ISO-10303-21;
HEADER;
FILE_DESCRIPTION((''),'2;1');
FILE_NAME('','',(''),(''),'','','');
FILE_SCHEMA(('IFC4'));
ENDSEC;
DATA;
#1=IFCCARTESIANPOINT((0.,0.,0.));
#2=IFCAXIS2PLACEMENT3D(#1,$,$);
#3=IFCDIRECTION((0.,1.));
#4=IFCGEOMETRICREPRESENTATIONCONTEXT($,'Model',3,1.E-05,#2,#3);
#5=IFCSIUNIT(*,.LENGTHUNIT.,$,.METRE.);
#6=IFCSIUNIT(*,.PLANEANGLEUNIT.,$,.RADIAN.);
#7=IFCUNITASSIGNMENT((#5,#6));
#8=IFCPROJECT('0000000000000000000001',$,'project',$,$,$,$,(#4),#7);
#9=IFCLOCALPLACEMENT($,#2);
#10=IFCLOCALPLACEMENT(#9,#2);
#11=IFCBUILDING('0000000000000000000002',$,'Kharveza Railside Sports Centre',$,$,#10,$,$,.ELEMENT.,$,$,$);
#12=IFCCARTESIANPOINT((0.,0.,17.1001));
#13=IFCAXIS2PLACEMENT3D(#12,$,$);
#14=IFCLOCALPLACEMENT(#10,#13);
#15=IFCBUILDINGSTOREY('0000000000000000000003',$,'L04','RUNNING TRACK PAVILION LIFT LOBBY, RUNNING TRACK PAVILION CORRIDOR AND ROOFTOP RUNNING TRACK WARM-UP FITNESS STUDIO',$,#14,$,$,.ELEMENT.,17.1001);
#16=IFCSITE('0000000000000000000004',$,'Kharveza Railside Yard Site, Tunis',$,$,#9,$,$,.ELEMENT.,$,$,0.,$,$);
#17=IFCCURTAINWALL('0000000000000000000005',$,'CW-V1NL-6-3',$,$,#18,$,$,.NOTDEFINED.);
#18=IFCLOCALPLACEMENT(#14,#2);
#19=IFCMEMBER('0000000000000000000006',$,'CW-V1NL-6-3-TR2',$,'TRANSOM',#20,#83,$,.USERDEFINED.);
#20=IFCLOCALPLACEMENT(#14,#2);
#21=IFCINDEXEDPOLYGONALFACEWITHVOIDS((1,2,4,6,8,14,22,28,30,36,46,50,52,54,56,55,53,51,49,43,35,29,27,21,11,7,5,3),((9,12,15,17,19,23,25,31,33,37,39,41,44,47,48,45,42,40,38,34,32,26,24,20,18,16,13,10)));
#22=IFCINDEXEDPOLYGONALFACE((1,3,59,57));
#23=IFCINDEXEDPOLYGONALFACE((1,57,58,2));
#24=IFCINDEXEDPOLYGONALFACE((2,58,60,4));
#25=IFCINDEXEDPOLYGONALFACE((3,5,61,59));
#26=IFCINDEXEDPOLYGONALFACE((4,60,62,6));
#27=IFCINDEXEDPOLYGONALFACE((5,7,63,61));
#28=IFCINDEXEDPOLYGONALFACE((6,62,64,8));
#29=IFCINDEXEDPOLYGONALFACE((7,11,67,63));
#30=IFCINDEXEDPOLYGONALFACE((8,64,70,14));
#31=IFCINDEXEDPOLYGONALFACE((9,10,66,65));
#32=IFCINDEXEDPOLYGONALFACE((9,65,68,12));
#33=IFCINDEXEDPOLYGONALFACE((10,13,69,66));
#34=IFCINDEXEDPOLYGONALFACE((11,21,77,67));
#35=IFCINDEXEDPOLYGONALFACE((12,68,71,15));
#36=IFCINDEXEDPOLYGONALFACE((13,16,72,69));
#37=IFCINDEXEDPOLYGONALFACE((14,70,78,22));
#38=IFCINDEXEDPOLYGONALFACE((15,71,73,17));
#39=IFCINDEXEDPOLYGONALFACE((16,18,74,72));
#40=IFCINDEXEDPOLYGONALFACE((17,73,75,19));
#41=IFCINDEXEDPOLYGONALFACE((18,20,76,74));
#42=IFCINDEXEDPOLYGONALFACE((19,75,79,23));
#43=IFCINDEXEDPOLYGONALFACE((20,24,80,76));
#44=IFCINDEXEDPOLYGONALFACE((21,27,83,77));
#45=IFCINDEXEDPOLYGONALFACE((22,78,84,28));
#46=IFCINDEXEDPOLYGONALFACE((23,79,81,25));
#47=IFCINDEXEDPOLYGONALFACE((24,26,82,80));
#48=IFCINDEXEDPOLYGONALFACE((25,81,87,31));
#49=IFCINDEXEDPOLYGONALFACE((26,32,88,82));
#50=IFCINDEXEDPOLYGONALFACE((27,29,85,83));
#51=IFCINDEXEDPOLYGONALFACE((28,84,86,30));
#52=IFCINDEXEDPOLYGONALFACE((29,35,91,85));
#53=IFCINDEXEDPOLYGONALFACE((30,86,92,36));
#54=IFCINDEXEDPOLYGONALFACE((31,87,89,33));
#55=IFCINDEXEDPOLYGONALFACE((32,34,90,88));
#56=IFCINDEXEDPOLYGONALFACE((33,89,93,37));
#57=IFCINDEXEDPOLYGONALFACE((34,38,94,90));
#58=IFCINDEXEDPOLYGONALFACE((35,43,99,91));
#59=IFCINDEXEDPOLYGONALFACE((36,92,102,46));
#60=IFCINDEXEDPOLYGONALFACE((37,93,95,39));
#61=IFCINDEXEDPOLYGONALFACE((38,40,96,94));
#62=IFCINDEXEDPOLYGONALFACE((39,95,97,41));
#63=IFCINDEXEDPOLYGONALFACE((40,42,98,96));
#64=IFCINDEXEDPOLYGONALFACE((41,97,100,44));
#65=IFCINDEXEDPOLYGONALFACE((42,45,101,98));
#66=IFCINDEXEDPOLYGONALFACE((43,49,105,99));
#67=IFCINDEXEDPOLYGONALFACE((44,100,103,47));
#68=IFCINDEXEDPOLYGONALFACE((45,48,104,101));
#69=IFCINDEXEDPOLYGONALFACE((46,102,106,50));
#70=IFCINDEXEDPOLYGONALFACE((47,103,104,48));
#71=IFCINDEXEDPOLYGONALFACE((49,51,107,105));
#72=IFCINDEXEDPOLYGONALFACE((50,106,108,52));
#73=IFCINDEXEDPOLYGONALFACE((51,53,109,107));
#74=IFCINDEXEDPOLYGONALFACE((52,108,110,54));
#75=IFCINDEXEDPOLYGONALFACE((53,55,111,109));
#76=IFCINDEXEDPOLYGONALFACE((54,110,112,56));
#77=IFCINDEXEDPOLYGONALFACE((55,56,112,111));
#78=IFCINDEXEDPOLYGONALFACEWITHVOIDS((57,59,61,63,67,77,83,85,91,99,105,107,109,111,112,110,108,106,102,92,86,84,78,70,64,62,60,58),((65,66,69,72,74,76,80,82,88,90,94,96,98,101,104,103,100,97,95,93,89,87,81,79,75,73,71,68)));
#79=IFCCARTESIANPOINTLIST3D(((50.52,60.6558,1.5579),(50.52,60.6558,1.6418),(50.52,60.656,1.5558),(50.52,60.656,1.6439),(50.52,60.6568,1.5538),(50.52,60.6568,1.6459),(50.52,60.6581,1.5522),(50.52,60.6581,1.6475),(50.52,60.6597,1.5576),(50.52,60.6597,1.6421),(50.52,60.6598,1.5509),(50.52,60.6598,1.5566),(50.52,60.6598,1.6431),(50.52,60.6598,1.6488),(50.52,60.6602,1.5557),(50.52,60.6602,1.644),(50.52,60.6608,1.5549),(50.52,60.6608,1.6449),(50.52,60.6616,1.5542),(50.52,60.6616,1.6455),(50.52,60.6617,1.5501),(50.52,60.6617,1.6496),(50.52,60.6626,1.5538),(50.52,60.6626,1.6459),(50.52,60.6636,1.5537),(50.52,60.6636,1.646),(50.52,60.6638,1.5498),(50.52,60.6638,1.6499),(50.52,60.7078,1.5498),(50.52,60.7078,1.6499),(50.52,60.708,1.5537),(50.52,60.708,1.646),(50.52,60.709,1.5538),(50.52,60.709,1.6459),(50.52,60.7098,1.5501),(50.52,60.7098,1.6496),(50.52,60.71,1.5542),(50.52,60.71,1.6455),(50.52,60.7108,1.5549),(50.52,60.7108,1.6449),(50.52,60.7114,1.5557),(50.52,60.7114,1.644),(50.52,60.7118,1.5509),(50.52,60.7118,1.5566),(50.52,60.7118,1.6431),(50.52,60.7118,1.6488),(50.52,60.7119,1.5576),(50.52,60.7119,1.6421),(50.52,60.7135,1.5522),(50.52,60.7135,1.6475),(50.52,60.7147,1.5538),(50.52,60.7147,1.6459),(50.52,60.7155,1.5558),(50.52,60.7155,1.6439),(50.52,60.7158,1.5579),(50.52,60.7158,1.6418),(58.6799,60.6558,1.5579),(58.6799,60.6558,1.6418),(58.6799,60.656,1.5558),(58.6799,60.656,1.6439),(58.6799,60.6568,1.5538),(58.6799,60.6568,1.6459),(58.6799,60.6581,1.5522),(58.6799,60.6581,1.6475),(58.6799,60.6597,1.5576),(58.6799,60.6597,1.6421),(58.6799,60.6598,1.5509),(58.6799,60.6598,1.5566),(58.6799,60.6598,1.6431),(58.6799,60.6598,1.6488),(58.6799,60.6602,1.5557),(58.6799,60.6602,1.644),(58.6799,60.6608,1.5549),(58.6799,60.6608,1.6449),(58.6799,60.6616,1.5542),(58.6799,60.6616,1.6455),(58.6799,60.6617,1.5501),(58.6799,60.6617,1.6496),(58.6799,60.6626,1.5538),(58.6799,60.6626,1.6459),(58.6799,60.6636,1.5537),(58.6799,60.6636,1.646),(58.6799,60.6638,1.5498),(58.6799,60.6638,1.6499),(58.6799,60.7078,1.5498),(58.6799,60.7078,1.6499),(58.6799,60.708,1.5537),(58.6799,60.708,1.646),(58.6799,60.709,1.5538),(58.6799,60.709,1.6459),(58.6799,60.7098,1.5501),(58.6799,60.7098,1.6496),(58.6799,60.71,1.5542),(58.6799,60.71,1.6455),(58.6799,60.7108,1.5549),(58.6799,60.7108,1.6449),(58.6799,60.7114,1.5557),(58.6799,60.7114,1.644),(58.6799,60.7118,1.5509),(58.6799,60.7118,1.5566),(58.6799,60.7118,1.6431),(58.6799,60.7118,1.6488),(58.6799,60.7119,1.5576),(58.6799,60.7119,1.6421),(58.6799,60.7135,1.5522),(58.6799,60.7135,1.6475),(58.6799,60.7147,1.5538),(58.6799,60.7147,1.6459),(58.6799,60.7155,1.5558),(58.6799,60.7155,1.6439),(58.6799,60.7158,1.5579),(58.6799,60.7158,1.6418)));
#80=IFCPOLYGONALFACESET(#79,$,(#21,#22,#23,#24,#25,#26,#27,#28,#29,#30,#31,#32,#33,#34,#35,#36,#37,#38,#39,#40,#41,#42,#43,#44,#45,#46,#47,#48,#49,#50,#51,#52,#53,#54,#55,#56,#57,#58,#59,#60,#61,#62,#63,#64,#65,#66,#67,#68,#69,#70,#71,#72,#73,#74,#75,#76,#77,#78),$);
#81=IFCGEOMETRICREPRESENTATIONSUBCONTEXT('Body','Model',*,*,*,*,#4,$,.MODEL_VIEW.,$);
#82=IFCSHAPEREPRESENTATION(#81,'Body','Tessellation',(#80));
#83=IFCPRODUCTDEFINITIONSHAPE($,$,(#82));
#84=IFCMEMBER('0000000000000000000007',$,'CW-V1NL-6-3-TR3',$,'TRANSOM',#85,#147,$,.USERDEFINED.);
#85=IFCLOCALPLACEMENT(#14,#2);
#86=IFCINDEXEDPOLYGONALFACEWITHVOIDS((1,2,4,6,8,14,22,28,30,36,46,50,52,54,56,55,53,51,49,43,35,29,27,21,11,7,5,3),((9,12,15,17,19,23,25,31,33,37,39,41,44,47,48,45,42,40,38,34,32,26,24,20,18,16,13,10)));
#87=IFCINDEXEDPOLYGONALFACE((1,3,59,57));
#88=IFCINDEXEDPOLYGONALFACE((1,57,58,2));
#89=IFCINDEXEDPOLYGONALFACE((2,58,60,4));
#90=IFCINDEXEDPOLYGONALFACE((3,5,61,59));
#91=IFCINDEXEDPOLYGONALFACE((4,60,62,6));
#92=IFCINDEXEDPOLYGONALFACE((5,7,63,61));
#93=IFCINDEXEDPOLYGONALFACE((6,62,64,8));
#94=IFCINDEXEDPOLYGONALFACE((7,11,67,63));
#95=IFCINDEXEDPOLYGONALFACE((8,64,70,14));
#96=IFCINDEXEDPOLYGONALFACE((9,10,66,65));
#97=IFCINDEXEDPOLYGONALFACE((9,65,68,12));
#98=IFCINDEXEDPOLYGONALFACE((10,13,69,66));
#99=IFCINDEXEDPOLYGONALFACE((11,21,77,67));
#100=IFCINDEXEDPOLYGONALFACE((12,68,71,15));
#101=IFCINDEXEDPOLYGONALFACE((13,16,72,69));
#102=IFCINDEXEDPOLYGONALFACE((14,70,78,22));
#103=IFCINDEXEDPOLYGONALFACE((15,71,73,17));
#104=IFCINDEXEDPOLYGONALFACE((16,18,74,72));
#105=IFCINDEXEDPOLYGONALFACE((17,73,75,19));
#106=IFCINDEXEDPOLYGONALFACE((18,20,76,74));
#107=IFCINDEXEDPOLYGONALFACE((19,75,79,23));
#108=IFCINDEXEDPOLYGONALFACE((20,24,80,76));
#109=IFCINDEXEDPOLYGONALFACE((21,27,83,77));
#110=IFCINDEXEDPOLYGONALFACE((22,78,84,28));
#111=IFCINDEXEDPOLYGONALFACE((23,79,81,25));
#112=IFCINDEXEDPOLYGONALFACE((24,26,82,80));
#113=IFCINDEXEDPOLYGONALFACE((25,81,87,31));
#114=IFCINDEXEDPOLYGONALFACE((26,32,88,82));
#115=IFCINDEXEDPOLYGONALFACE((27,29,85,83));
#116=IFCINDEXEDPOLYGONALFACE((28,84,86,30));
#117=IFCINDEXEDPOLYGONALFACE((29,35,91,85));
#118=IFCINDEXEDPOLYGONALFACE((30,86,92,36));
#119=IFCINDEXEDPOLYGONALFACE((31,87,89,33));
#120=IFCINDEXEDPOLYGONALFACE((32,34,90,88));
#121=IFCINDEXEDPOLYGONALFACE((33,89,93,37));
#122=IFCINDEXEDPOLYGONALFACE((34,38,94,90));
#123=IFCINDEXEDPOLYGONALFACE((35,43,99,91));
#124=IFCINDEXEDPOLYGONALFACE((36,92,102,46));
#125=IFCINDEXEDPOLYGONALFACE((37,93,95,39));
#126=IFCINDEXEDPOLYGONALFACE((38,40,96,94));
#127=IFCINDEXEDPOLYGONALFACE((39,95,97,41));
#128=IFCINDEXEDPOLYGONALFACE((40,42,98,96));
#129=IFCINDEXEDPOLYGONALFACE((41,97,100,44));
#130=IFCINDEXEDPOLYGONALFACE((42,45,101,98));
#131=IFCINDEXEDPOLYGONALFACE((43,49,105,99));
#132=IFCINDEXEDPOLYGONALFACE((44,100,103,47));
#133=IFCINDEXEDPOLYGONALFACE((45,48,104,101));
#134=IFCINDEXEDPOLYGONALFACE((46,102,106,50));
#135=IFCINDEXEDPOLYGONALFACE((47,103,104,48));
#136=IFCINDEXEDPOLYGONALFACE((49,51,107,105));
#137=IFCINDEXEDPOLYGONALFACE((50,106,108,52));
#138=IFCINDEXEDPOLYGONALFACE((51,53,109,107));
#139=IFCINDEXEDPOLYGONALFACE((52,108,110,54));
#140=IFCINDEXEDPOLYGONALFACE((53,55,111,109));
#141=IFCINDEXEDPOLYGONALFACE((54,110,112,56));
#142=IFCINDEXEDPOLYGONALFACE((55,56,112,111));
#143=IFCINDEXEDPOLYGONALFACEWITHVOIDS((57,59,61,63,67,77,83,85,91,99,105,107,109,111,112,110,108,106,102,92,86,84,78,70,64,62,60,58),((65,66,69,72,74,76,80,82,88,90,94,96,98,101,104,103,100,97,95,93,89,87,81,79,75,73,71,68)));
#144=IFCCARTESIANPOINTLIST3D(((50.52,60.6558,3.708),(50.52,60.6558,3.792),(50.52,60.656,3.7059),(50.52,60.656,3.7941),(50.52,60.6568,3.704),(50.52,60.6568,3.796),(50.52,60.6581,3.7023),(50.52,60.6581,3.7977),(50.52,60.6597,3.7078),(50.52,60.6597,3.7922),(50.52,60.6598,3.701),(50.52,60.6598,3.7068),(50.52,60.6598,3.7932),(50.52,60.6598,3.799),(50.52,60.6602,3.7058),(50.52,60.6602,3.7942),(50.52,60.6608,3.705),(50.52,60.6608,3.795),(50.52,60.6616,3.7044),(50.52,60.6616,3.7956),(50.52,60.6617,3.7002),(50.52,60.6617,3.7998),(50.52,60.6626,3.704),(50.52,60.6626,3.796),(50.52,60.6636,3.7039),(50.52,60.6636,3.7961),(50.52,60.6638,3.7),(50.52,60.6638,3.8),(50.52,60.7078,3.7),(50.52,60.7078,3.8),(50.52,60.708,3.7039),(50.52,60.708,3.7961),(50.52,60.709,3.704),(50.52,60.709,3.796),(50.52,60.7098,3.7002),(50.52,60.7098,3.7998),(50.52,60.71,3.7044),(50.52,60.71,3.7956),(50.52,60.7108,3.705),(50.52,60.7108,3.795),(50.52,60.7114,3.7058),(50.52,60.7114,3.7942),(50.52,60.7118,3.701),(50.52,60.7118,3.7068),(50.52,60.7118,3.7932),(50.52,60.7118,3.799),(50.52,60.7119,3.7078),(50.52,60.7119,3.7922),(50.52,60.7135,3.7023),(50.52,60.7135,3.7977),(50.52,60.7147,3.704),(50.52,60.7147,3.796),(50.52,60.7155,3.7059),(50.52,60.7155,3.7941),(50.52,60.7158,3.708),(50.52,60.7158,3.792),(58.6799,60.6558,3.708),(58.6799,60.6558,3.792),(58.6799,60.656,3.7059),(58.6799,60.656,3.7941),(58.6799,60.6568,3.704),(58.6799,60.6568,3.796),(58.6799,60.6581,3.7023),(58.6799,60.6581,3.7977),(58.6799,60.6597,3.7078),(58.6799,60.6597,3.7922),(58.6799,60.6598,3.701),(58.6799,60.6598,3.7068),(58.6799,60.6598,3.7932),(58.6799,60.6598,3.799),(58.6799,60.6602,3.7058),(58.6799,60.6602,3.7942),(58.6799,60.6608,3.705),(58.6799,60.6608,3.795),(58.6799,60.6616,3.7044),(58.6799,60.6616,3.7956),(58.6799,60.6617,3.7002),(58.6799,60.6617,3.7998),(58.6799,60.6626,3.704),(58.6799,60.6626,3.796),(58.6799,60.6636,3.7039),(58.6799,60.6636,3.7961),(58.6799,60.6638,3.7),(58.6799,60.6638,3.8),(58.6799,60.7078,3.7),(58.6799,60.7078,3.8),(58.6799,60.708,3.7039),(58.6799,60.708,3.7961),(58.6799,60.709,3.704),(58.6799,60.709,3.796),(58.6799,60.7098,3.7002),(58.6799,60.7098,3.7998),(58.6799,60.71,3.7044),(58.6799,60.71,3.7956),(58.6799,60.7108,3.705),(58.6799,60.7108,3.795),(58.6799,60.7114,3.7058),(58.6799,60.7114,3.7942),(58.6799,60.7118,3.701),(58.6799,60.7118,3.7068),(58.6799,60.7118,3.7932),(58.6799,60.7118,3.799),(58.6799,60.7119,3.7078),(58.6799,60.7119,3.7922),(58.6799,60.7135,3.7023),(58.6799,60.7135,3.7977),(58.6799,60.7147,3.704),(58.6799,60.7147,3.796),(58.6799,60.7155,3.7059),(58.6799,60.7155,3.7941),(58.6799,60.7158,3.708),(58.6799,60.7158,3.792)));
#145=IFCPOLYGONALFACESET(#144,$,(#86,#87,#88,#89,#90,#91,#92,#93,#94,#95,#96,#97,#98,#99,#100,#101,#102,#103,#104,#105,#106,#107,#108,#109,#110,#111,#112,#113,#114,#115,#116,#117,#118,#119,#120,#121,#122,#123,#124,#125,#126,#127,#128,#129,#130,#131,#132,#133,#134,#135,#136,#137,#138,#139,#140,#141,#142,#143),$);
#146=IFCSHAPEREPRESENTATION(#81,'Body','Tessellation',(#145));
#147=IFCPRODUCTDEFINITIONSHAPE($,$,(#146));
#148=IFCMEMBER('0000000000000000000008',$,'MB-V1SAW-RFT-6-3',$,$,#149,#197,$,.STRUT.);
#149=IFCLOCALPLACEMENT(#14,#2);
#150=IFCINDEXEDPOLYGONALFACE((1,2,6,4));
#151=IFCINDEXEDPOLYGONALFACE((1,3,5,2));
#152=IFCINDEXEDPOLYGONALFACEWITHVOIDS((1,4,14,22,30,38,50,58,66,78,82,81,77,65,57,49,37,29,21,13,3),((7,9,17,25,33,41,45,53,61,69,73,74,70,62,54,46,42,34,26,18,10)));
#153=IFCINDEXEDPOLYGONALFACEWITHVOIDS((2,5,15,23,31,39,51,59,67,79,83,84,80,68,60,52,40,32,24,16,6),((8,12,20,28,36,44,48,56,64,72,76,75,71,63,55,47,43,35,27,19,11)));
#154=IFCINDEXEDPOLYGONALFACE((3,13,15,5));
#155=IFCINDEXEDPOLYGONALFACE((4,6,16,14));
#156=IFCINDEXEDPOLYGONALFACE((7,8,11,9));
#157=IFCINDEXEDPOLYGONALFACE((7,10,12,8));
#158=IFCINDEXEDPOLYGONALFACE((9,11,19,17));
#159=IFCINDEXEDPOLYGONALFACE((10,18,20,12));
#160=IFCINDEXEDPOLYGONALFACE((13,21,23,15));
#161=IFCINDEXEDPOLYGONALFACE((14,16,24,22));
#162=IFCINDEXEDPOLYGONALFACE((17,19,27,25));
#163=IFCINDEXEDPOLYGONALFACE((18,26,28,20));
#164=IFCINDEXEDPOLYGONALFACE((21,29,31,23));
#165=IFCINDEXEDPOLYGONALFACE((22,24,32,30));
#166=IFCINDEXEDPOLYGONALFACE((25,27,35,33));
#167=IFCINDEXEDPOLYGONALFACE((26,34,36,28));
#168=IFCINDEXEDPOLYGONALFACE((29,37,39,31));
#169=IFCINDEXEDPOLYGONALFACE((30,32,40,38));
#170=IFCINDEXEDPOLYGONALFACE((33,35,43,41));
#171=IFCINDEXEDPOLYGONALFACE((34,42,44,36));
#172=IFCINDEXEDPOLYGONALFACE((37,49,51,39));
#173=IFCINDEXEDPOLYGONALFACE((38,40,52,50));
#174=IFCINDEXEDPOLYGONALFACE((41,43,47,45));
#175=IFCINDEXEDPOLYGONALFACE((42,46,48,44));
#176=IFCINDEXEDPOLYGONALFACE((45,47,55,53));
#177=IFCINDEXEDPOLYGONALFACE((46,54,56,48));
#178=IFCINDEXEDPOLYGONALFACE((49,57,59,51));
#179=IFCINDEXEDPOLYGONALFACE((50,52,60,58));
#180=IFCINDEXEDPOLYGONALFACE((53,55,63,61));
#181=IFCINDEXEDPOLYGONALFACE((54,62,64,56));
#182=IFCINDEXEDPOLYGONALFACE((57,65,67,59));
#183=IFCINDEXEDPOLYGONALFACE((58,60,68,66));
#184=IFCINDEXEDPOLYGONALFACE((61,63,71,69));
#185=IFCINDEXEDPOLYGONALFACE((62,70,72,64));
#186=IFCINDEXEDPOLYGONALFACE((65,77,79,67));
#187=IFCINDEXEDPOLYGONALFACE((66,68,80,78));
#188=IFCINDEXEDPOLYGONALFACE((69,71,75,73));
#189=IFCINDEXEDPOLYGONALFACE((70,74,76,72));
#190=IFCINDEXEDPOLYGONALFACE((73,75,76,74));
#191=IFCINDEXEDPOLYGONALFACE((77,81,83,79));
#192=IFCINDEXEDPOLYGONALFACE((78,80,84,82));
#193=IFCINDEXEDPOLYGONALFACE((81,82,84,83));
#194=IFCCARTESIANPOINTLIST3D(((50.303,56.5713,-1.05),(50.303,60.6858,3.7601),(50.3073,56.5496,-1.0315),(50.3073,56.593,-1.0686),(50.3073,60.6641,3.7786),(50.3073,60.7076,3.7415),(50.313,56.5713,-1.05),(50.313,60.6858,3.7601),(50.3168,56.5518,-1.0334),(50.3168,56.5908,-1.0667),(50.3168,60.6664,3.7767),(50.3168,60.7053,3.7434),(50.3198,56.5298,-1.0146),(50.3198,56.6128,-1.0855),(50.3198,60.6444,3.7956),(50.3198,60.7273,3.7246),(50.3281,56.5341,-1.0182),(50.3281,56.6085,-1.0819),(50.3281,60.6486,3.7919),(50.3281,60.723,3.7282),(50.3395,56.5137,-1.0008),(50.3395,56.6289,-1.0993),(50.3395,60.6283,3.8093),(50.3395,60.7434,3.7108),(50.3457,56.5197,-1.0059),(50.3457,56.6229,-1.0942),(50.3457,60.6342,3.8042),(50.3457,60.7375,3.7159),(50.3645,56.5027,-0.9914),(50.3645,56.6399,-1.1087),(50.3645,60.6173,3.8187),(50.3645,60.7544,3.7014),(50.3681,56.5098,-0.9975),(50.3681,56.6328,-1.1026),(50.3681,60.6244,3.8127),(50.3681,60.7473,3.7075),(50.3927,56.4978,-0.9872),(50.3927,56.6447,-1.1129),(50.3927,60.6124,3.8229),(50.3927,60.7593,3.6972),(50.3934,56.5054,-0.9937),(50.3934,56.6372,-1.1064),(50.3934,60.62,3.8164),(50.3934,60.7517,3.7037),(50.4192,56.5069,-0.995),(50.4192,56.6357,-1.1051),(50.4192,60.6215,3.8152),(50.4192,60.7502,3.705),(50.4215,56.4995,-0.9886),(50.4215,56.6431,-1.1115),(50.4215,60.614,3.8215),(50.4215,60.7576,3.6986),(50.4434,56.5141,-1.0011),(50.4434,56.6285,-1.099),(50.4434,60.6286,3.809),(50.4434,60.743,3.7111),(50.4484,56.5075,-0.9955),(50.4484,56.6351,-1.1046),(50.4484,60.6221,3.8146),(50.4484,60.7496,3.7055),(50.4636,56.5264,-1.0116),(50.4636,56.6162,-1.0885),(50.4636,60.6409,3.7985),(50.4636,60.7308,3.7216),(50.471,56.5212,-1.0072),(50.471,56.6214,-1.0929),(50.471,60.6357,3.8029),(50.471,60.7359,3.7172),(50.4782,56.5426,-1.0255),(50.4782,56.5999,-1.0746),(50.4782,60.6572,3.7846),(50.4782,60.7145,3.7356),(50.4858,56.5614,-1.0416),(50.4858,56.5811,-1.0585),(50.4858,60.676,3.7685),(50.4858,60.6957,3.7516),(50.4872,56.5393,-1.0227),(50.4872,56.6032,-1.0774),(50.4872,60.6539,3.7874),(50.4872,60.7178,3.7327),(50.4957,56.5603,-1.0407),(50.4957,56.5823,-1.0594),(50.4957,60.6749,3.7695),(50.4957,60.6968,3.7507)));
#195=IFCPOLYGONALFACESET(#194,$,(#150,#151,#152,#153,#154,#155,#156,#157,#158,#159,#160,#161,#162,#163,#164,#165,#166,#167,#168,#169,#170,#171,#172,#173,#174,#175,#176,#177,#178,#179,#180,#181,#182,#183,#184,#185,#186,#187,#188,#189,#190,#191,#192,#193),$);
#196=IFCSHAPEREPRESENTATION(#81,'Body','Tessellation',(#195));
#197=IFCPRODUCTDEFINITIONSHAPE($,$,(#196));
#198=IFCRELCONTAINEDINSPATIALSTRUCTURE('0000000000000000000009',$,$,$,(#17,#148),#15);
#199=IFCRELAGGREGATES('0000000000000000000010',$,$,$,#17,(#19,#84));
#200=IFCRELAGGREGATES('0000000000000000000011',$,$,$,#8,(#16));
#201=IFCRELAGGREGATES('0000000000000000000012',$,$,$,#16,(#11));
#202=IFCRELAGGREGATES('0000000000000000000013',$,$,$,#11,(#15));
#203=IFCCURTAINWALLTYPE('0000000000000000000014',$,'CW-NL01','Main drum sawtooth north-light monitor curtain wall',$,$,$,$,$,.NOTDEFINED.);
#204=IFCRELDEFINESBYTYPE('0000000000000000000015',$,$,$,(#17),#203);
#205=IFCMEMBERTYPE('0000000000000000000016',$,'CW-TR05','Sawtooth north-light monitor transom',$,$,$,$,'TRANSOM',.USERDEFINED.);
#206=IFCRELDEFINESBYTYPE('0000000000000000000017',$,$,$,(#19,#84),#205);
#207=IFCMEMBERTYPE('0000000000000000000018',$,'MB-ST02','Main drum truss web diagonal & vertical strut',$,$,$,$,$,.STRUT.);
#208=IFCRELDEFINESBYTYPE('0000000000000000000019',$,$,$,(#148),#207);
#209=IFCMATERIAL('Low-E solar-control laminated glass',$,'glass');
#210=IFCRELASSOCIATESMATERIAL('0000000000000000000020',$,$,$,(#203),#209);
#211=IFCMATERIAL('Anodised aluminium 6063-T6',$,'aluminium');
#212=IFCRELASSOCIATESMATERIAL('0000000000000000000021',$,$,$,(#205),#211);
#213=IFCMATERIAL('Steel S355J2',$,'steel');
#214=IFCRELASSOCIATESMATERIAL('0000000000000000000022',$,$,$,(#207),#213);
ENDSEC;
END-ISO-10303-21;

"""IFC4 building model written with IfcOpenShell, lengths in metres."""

from ifc_helpers import new_model, si_unit, direction, frame, origin, origin_2d, place, context, subcontext, project, spatial, hollow_rectangle, hollow_circle, extrude, material, material_profile, profile_set, type_object, element, aggregate, save


model = new_model("IFC4")

# Units and contexts
model_context = context("Model", 3, precision=1e-05, world=origin(), true_north=direction((0.0, 1.0)))
body_context = subcontext(model_context, "Body", "Model", "MODEL_VIEW")
ifc_project = project(units=[si_unit("LENGTHUNIT", "METRE"), si_unit("PLANEANGLEUNIT", "RADIAN")], contexts=[model_context])

# Site, building, storey
site_placement = place(None, origin())
site = spatial("IfcSite", under=ifc_project, at=site_placement, Name="Kharveza Railside Yard Site, Tunis", CompositionType="ELEMENT", RefElevation=0.0)
building_placement = place(site_placement, origin())
building = spatial("IfcBuilding", under=site, at=building_placement, Name="Kharveza Railside Sports Centre", CompositionType="ELEMENT")
storey_placement = place(building_placement, frame((0.0, 0.0, 17.1001)))
storey = spatial("IfcBuildingStorey", under=building, at=storey_placement, Name="L04", Description="RUNNING TRACK PAVILION LIFT LOBBY, RUNNING TRACK PAVILION CORRIDOR AND ROOFTOP RUNNING TRACK WARM-UP FITNESS STUDIO", CompositionType="ELEMENT", Elevation=17.1001)

# Shared definitions
ifc_material_1 = material(Name="Low-E solar-control laminated glass", Category="glass")
curtain_wall_type = type_object("IfcCurtainWallType", Name="CW-NL01", Description="Main drum sawtooth north-light monitor curtain wall", PredefinedType="NOTDEFINED", material=ifc_material_1)
ifc_material_2 = material(Name="Anodised aluminium 6063-T6", Category="aluminium")

# Curtain wall
curtain_wall_1_placement = place(storey_placement, origin())
curtain_wall_1 = element("IfcCurtainWall", 1, at=curtain_wall_1_placement, inside=storey, type_object=curtain_wall_type, Name="CW-V1NL-6-3", PredefinedType="NOTDEFINED")

# Members
ifc_material_profile_1 = material_profile(ifc_material_2, hollow_rectangle(XDim=0.0601, YDim=0.1001, WallThickness=0.0039, InnerFilletRadius=0.0039, OuterFilletRadius=0.0081, at=origin_2d()), Name="RHS 60x100x4.0")
ifc_profile_set_1 = profile_set([ifc_material_profile_1], Name="Anodised aluminium 6063-T6")
member_type_1 = type_object("IfcMemberType", Name="CW-TR05", Description="Sawtooth north-light monitor transom", ElementType="TRANSOM", PredefinedType="USERDEFINED", material=ifc_profile_set_1)
member_1_placement = place(storey_placement, frame((50.52, 60.6858, 1.5999), z_axis=(1.0, 0.0, 0.0), x_axis=(0.0, 1.0, 0.0)))
member_1 = element("IfcMember", 2, at=member_1_placement, type_object=member_type_1, Name="CW-V1NL-6-3-TR2", ObjectType="TRANSOM", PredefinedType="USERDEFINED", context=body_context, shape_type="SweptSolid", body=[
    extrude(hollow_rectangle(XDim=0.0601, YDim=0.1001, WallThickness=0.0039, InnerFilletRadius=0.0039, OuterFilletRadius=0.0081, at=origin_2d()), origin(), (0.0, 0.0, 1.0), 8.1599),
])
member_2_placement = place(storey_placement, frame((50.52, 60.6858, 3.75), z_axis=(1.0, 0.0, 0.0), x_axis=(0.0, 1.0, 0.0)))
member_2 = element("IfcMember", 3, at=member_2_placement, type_object=member_type_1, Name="CW-V1NL-6-3-TR3", ObjectType="TRANSOM", PredefinedType="USERDEFINED", context=body_context, shape_type="SweptSolid", body=[
    extrude(hollow_rectangle(XDim=0.0601, YDim=0.1001, WallThickness=0.0039, InnerFilletRadius=0.0039, OuterFilletRadius=0.0081, at=origin_2d()), origin(), (0.0, 0.0, 1.0), 8.1599),
])

# Member
ifc_material_3 = material(Name="Steel S355J2", Category="steel")
ifc_material_profile_2 = material_profile(ifc_material_3, hollow_circle(Radius=0.0969, WallThickness=0.01, at=origin_2d()), Name="CHS 193.7x10.0")
ifc_profile_set_2 = profile_set([ifc_material_profile_2], Name="Steel S355J2")
member_type_2 = type_object("IfcMemberType", Name="MB-ST02", Description="Main drum truss web diagonal & vertical strut", PredefinedType="STRUT", material=ifc_profile_set_2)
member_3_placement = place(storey_placement, frame((50.3999, 56.5713, -1.05), z_axis=(0.0, 0.650026, 0.759912), x_axis=(-1.0, 0.0, 0.0)))
element("IfcMember", 4, at=member_3_placement, inside=storey, type_object=member_type_2, Name="MB-V1SAW-RFT-6-3", PredefinedType="STRUT", context=body_context, shape_type="SweptSolid", body=[
    extrude(hollow_circle(Radius=0.0969, WallThickness=0.01, at=origin_2d()), origin(), (0.0, 0.0, 1.0), 6.3298),
])

aggregate(curtain_wall_1, [member_1, member_2])

save(model, "model.ifc")
